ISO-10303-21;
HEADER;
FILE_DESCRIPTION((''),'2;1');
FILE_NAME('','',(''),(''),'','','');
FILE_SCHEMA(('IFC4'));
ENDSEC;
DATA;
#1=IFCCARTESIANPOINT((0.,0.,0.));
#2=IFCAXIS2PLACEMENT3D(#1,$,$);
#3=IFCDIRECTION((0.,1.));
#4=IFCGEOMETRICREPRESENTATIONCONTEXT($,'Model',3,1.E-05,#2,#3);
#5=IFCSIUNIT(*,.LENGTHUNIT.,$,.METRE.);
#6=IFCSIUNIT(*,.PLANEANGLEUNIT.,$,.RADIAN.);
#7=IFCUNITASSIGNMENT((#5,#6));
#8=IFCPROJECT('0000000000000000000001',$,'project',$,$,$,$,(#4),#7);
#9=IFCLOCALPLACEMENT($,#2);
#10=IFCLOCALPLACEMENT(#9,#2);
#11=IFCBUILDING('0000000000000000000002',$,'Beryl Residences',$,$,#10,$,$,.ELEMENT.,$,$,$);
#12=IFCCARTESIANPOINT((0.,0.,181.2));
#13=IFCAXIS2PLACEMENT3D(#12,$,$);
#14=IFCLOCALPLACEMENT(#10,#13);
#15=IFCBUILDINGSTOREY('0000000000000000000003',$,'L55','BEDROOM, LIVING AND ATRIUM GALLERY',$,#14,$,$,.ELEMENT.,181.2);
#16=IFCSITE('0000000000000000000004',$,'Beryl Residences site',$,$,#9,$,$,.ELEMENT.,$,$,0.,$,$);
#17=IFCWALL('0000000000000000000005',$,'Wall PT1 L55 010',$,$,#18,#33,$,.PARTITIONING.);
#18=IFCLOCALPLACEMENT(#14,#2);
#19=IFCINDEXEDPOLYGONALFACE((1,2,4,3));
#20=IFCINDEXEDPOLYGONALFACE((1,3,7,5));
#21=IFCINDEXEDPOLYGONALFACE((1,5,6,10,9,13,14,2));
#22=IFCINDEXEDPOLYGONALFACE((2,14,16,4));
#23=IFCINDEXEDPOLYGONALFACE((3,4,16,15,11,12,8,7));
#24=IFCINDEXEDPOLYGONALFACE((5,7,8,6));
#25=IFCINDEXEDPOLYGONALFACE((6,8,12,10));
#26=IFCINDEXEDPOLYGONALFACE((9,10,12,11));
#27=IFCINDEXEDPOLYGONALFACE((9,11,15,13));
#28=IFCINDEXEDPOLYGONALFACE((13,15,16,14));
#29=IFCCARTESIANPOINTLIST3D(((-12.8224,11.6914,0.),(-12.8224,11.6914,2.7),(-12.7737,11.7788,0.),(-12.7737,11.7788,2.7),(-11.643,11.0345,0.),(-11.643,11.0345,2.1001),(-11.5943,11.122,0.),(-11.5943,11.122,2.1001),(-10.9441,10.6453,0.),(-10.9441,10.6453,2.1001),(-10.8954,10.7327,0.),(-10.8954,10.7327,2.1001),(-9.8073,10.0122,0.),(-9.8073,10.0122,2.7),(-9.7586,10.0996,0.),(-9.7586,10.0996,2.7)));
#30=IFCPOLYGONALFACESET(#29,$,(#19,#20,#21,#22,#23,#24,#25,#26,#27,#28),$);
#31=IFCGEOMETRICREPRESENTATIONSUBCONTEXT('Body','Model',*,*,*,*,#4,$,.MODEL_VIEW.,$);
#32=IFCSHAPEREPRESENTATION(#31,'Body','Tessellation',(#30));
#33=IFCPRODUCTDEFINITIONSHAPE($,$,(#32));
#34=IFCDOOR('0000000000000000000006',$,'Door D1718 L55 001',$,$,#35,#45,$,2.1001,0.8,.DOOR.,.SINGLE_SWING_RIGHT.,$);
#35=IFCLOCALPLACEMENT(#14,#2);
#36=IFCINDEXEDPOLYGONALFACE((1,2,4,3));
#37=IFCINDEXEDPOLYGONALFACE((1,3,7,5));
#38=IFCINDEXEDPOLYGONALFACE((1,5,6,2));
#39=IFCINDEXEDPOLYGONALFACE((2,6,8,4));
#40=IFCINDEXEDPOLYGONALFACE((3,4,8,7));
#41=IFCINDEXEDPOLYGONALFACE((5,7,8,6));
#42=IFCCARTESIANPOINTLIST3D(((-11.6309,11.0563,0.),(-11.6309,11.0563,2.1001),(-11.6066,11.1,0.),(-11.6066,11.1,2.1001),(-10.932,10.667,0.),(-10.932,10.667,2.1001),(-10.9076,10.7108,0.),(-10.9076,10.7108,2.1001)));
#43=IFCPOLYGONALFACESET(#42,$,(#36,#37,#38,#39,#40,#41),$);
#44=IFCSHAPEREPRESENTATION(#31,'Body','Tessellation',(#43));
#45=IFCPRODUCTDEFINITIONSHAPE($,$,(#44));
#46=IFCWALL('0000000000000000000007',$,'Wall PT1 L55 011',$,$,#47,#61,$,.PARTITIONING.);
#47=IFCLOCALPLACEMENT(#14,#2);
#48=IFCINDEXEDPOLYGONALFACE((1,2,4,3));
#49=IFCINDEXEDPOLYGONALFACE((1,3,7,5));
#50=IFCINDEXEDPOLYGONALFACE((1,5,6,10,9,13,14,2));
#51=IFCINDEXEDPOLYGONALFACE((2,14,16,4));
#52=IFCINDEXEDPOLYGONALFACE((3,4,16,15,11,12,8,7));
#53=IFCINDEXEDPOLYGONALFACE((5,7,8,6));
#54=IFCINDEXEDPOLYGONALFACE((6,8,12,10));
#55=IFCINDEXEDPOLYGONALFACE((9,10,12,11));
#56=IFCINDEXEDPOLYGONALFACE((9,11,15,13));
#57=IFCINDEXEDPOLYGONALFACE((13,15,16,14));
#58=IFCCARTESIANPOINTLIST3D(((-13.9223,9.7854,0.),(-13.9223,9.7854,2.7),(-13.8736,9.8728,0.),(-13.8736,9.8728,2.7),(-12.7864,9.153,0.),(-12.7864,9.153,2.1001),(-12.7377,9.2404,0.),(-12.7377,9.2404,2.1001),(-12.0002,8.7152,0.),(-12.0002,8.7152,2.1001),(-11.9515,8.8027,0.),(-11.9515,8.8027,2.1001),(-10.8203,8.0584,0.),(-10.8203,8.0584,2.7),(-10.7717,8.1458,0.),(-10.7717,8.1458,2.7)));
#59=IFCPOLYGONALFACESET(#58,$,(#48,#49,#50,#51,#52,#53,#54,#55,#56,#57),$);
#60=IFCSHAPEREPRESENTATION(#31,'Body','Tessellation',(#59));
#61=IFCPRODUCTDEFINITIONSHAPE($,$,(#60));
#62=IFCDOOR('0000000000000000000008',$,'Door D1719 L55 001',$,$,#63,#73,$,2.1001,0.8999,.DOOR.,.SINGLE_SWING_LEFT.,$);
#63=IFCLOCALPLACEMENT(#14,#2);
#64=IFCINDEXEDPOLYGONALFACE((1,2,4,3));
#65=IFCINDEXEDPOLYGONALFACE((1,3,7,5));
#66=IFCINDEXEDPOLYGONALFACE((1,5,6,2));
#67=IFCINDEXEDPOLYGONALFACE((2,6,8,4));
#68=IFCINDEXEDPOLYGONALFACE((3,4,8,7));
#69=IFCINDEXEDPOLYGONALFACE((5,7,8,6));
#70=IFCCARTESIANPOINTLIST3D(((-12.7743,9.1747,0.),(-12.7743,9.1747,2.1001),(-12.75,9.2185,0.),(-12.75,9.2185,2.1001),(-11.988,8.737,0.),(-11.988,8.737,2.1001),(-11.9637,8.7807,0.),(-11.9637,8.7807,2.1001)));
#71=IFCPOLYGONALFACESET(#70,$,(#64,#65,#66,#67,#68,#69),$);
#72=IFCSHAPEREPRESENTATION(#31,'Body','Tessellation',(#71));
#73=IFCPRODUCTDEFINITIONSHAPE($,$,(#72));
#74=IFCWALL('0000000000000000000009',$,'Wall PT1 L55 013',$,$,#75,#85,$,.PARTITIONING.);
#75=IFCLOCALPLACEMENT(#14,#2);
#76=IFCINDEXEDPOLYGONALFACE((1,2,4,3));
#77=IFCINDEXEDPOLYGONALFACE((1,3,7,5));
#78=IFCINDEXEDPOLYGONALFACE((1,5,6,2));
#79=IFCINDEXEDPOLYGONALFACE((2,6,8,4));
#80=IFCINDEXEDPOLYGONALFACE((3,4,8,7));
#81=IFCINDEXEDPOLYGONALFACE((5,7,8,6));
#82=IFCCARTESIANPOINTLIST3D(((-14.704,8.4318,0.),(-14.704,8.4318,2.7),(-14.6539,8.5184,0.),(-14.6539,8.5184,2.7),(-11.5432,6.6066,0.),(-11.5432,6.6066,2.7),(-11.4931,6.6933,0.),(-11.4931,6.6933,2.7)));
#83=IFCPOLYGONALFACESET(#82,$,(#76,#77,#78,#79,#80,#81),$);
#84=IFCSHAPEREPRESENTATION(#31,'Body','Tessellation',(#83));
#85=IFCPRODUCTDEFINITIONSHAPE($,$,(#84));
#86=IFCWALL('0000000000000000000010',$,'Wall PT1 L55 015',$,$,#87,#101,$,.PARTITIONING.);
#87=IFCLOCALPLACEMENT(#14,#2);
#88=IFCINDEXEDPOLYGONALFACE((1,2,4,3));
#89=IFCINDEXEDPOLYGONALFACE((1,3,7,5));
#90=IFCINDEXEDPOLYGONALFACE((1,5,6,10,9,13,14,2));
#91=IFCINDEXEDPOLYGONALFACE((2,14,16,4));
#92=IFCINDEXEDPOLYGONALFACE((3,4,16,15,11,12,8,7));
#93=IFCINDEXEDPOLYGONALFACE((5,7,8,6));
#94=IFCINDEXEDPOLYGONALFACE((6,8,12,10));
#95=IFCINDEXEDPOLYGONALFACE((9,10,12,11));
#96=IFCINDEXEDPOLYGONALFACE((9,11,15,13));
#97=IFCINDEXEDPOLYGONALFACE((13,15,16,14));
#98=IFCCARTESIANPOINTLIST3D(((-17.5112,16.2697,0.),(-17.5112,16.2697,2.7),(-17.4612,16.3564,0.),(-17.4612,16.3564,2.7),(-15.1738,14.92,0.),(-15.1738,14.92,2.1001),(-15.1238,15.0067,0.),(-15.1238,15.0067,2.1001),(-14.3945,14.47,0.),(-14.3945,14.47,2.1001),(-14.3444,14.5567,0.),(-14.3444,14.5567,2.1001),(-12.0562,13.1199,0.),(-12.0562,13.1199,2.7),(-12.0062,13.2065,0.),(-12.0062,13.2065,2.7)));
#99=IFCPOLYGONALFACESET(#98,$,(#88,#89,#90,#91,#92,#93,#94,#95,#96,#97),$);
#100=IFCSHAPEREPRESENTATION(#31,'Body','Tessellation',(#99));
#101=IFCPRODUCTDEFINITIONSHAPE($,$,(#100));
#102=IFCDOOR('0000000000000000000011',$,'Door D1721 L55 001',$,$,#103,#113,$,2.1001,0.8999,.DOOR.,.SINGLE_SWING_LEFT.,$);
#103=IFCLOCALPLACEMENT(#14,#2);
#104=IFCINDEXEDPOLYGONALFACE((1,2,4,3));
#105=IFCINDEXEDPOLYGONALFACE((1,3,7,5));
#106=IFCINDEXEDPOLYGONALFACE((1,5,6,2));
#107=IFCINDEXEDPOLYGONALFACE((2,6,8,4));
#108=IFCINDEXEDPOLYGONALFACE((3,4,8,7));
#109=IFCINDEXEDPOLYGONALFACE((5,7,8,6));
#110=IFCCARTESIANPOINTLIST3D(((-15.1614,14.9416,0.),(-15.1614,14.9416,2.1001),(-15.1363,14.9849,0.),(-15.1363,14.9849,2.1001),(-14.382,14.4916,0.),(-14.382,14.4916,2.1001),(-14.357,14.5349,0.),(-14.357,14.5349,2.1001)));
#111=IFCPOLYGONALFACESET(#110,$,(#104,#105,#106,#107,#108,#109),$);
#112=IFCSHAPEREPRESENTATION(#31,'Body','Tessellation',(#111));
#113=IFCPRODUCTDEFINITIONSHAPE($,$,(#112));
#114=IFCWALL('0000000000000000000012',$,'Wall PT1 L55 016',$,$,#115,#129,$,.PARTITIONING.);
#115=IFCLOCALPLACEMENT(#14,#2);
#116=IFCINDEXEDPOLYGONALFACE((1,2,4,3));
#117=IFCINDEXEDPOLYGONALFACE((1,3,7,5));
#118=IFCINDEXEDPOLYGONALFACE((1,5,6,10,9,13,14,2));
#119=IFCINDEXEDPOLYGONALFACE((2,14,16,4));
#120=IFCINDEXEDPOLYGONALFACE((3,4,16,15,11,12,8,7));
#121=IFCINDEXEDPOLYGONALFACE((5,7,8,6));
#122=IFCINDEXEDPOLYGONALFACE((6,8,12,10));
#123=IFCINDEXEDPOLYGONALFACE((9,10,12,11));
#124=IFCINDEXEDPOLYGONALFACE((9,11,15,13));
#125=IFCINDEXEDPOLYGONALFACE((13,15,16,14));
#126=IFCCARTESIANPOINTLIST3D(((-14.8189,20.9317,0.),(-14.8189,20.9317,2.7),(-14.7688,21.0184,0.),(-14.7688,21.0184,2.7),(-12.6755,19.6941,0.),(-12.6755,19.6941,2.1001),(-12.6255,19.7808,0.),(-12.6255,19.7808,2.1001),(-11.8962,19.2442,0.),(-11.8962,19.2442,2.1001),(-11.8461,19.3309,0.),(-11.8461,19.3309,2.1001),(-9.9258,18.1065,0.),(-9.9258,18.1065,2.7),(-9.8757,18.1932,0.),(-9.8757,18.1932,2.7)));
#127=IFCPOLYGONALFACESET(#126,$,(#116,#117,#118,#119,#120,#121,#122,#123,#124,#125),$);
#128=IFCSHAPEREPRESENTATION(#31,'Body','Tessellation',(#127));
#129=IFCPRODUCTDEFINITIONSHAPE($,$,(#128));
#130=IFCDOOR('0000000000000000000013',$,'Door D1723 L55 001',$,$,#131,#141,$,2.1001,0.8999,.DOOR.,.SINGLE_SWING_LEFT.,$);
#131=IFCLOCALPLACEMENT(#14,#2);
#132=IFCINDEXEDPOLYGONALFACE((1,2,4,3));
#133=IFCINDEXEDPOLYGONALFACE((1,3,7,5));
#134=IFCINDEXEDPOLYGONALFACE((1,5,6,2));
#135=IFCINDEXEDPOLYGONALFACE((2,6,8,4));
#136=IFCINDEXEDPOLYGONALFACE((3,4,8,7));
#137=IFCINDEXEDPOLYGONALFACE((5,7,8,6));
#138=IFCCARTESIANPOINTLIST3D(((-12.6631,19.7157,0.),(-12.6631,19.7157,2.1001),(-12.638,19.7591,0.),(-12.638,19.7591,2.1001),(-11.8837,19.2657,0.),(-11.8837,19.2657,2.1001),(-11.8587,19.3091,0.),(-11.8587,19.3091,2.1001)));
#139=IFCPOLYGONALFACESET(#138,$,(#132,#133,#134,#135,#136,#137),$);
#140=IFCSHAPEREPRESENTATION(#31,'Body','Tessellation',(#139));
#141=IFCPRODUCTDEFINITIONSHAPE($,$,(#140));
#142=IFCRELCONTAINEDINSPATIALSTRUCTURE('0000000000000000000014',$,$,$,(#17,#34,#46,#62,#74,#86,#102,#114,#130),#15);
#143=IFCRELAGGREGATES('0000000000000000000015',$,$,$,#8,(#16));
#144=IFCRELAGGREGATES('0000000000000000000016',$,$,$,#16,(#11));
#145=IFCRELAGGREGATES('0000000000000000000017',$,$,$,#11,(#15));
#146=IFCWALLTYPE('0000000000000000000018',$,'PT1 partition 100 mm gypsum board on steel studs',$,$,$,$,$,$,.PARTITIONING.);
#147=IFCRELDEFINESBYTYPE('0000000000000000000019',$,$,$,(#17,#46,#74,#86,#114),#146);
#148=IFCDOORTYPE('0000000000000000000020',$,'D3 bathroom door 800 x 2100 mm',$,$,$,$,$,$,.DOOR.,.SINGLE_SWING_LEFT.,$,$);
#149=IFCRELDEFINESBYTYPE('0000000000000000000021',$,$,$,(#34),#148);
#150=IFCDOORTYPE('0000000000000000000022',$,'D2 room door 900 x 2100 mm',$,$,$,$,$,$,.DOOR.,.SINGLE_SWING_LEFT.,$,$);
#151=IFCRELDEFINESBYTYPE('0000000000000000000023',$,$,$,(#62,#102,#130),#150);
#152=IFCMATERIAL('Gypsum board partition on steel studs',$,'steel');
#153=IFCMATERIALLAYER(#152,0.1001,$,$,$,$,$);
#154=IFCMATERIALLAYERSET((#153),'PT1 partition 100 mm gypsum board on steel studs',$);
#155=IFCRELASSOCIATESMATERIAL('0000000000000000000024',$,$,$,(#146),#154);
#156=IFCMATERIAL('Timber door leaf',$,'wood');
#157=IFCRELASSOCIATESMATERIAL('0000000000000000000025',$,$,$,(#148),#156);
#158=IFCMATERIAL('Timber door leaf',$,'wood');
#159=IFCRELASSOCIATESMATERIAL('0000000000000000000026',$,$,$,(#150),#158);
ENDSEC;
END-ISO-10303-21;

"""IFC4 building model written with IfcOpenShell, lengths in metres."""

from ifc_helpers import new_model, si_unit, direction, frame, frame_2d, origin, place, context, subcontext, project, spatial, rectangle, extrude, material, layer, layer_set, type_object, element, fill, save


model = new_model("IFC4")

# Units and contexts
model_context = context("Model", 3, precision=1e-05, world=origin(), true_north=direction((0.0, 1.0)))
body_context = subcontext(model_context, "Body", "Model", "MODEL_VIEW")
ifc_project = project(units=[si_unit("LENGTHUNIT", "METRE"), si_unit("PLANEANGLEUNIT", "RADIAN")], contexts=[model_context])

# Site, building, storey
site_placement = place(None, origin())
site = spatial("IfcSite", under=ifc_project, at=site_placement, Name="Beryl Residences site", CompositionType="ELEMENT", RefElevation=0.0)
building_placement = place(site_placement, origin())
building = spatial("IfcBuilding", under=site, at=building_placement, Name="Beryl Residences", CompositionType="ELEMENT")
storey_placement = place(building_placement, frame((0.0, 0.0, 181.2)))
storey = spatial("IfcBuildingStorey", under=building, at=storey_placement, Name="L55", Description="BEDROOM, LIVING AND ATRIUM GALLERY", CompositionType="ELEMENT", Elevation=181.2)

# Walls, openings, doors
ifc_material_1 = material(Name="Gypsum board partition on steel studs", Category="steel")
ifc_layer_1 = layer(ifc_material_1, 0.1001)
ifc_layer_set_1 = layer_set([ifc_layer_1], Name="PT1 partition 100 mm gypsum board on steel studs")
wall_type_1 = type_object("IfcWallType", Name="PT1 partition 100 mm gypsum board on steel studs", PredefinedType="PARTITIONING", material=ifc_layer_set_1)
wall_1_placement = place(storey_placement, frame((-12.7981, 11.7351, 0.0), z_axis=(0.0, 0.0, 1.0), x_axis=(0.87365, -0.486556, 0.0)))
wall_1 = element("IfcWall", 1, at=wall_1_placement, inside=storey, type_object=wall_type_1, Name="Wall PT1 L55 010", PredefinedType="PARTITIONING", context=body_context, shape_type="SweptSolid", body=[
    extrude(rectangle(XDim=3.4512, YDim=0.1001, at=frame_2d((1.7256, 0.0))), origin(), (0.0, 0.0, 1.0), 2.7),
])
opening_1_placement = place(wall_1_placement, frame((1.3501, 0.0, 0.0)))
opening_1 = element("IfcOpeningElement", 2, at=opening_1_placement, cuts=wall_1, PredefinedType="OPENING", context=body_context, shape_type="SweptSolid", body=[
    extrude(rectangle(XDim=0.8, YDim=2.1001, at=frame_2d((0.3999, 1.05))), frame((0.0, 0.0601, 0.0), z_axis=(0.0, -1.0, 0.0), x_axis=(1.0, 0.0, 0.0)), (0.0, 0.0, 1.0), 0.1201),
])
ifc_material_2 = material(Name="Timber door leaf", Category="wood")
door_type_1 = type_object("IfcDoorType", Name="D3 bathroom door 800 x 2100 mm", OperationType="SINGLE_SWING_LEFT", PredefinedType="DOOR", material=ifc_material_2)
door_1_placement = place(opening_1_placement, origin())
door_1 = element("IfcDoor", 3, at=door_1_placement, inside=storey, type_object=door_type_1, Name="Door D1718 L55 001", OperationType="SINGLE_SWING_RIGHT", OverallHeight=2.1001, OverallWidth=0.8, PredefinedType="DOOR", context=body_context, shape_type="SweptSolid", body=[
    extrude(rectangle(XDim=0.8, YDim=2.1001, at=frame_2d((0.3999, 1.05))), frame((0.0, 0.0249, 0.0), z_axis=(0.0, -1.0, 0.0), x_axis=(1.0, 0.0, 0.0)), (0.0, 0.0, 1.0), 0.05),
])
fill(opening_1, door_1)
wall_2_placement = place(storey_placement, frame((-13.8979, 9.8291, 0.0), z_axis=(0.0, 0.0, 1.0), x_axis=(0.873716, -0.486437, 0.0)))
wall_2 = element("IfcWall", 4, at=wall_2_placement, inside=storey, type_object=wall_type_1, Name="Wall PT1 L55 011", PredefinedType="PARTITIONING", context=body_context, shape_type="SweptSolid", body=[
    extrude(rectangle(XDim=3.5503, YDim=0.1001, at=frame_2d((1.7751, 0.0))), origin(), (0.0, 0.0, 1.0), 2.7),
])
opening_2_placement = place(wall_2_placement, frame((1.3, 0.0, 0.0)))
opening_2 = element("IfcOpeningElement", 5, at=opening_2_placement, cuts=wall_2, PredefinedType="OPENING", context=body_context, shape_type="SweptSolid", body=[
    extrude(rectangle(XDim=0.8999, YDim=2.1001, at=frame_2d((0.45, 1.05))), frame((0.0, 0.0601, 0.0), z_axis=(0.0, -1.0, 0.0), x_axis=(1.0, 0.0, 0.0)), (0.0, 0.0, 1.0), 0.1201),
])
ifc_material_3 = material(Name="Timber door leaf", Category="wood")
door_type_2 = type_object("IfcDoorType", Name="D2 room door 900 x 2100 mm", OperationType="SINGLE_SWING_LEFT", PredefinedType="DOOR", material=ifc_material_3)
door_2_placement = place(opening_2_placement, origin())
door_2 = element("IfcDoor", 6, at=door_2_placement, inside=storey, type_object=door_type_2, Name="Door D1719 L55 001", OperationType="SINGLE_SWING_LEFT", OverallHeight=2.1001, OverallWidth=0.8999, PredefinedType="DOOR", context=body_context, shape_type="SweptSolid", body=[
    extrude(rectangle(XDim=0.8999, YDim=2.1001, at=frame_2d((0.45, 1.05))), frame((0.0, 0.0249, 0.0), z_axis=(0.0, -1.0, 0.0), x_axis=(1.0, 0.0, 0.0)), (0.0, 0.0, 1.0), 0.05),
])
fill(opening_2, door_2)

# Wall
wall_3_placement = place(storey_placement, frame((-14.679, 8.4751, 0.0), z_axis=(0.0, 0.0, 1.0), x_axis=(0.865995, -0.500052, 0.0)))
element("IfcWall", 7, at=wall_3_placement, inside=storey, type_object=wall_type_1, Name="Wall PT1 L55 013", PredefinedType="PARTITIONING", context=body_context, shape_type="SweptSolid", body=[
    extrude(rectangle(XDim=3.6499, YDim=0.1001, at=frame_2d((1.825, 0.0))), origin(), (0.0, 0.0, 1.0), 2.7),
])

# Walls, openings, doors
wall_4_placement = place(storey_placement, frame((-17.4861, 16.313, 0.0), z_axis=(0.0, 0.0, 1.0), x_axis=(0.865997, -0.500049, 0.0)))
wall_4 = element("IfcWall", 8, at=wall_4_placement, inside=storey, type_object=wall_type_1, Name="Wall PT1 L55 015", PredefinedType="PARTITIONING", context=body_context, shape_type="SweptSolid", body=[
    extrude(rectangle(XDim=6.2991, YDim=0.1001, at=frame_2d((3.1494, 0.0))), origin(), (0.0, 0.0, 1.0), 2.7),
])
opening_3_placement = place(wall_4_placement, frame((2.699, 0.0, 0.0)))
opening_3 = element("IfcOpeningElement", 9, at=opening_3_placement, cuts=wall_4, PredefinedType="OPENING", context=body_context, shape_type="SweptSolid", body=[
    extrude(rectangle(XDim=0.8999, YDim=2.1001, at=frame_2d((0.45, 1.05))), frame((0.0, 0.0601, 0.0), z_axis=(0.0, -1.0, 0.0), x_axis=(1.0, 0.0, 0.0)), (0.0, 0.0, 1.0), 0.1201),
])
door_3_placement = place(opening_3_placement, origin())
door_3 = element("IfcDoor", 10, at=door_3_placement, inside=storey, type_object=door_type_2, Name="Door D1721 L55 001", OperationType="SINGLE_SWING_LEFT", OverallHeight=2.1001, OverallWidth=0.8999, PredefinedType="DOOR", context=body_context, shape_type="SweptSolid", body=[
    extrude(rectangle(XDim=0.8999, YDim=2.1001, at=frame_2d((0.45, 1.05))), frame((0.0, 0.0249, 0.0), z_axis=(0.0, -1.0, 0.0), x_axis=(1.0, 0.0, 0.0)), (0.0, 0.0, 1.0), 0.05),
])
fill(opening_3, door_3)
wall_5_placement = place(storey_placement, frame((-14.7939, 20.9751, 0.0), z_axis=(0.0, 0.0, 1.0), x_axis=(0.866011, -0.500024, 0.0)))
wall_5 = element("IfcWall", 11, at=wall_5_placement, inside=storey, type_object=wall_type_1, Name="Wall PT1 L55 016", PredefinedType="PARTITIONING", context=body_context, shape_type="SweptSolid", body=[
    extrude(rectangle(XDim=5.6501, YDim=0.1001, at=frame_2d((2.8252, 0.0))), origin(), (0.0, 0.0, 1.0), 2.7),
])
opening_4_placement = place(wall_5_placement, frame((2.4751, 0.0, 0.0)))
opening_4 = element("IfcOpeningElement", 12, at=opening_4_placement, cuts=wall_5, PredefinedType="OPENING", context=body_context, shape_type="SweptSolid", body=[
    extrude(rectangle(XDim=0.8999, YDim=2.1001, at=frame_2d((0.45, 1.05))), frame((0.0, 0.0601, 0.0), z_axis=(0.0, -1.0, 0.0), x_axis=(1.0, 0.0, 0.0)), (0.0, 0.0, 1.0), 0.1201),
])
door_4_placement = place(opening_4_placement, origin())
door_4 = element("IfcDoor", 13, at=door_4_placement, inside=storey, type_object=door_type_2, Name="Door D1723 L55 001", OperationType="SINGLE_SWING_LEFT", OverallHeight=2.1001, OverallWidth=0.8999, PredefinedType="DOOR", context=body_context, shape_type="SweptSolid", body=[
    extrude(rectangle(XDim=0.8999, YDim=2.1001, at=frame_2d((0.45, 1.05))), frame((0.0, 0.0249, 0.0), z_axis=(0.0, -1.0, 0.0), x_axis=(1.0, 0.0, 0.0)), (0.0, 0.0, 1.0), 0.05),
])
fill(opening_4, door_4)

save(model, "model.ifc")
